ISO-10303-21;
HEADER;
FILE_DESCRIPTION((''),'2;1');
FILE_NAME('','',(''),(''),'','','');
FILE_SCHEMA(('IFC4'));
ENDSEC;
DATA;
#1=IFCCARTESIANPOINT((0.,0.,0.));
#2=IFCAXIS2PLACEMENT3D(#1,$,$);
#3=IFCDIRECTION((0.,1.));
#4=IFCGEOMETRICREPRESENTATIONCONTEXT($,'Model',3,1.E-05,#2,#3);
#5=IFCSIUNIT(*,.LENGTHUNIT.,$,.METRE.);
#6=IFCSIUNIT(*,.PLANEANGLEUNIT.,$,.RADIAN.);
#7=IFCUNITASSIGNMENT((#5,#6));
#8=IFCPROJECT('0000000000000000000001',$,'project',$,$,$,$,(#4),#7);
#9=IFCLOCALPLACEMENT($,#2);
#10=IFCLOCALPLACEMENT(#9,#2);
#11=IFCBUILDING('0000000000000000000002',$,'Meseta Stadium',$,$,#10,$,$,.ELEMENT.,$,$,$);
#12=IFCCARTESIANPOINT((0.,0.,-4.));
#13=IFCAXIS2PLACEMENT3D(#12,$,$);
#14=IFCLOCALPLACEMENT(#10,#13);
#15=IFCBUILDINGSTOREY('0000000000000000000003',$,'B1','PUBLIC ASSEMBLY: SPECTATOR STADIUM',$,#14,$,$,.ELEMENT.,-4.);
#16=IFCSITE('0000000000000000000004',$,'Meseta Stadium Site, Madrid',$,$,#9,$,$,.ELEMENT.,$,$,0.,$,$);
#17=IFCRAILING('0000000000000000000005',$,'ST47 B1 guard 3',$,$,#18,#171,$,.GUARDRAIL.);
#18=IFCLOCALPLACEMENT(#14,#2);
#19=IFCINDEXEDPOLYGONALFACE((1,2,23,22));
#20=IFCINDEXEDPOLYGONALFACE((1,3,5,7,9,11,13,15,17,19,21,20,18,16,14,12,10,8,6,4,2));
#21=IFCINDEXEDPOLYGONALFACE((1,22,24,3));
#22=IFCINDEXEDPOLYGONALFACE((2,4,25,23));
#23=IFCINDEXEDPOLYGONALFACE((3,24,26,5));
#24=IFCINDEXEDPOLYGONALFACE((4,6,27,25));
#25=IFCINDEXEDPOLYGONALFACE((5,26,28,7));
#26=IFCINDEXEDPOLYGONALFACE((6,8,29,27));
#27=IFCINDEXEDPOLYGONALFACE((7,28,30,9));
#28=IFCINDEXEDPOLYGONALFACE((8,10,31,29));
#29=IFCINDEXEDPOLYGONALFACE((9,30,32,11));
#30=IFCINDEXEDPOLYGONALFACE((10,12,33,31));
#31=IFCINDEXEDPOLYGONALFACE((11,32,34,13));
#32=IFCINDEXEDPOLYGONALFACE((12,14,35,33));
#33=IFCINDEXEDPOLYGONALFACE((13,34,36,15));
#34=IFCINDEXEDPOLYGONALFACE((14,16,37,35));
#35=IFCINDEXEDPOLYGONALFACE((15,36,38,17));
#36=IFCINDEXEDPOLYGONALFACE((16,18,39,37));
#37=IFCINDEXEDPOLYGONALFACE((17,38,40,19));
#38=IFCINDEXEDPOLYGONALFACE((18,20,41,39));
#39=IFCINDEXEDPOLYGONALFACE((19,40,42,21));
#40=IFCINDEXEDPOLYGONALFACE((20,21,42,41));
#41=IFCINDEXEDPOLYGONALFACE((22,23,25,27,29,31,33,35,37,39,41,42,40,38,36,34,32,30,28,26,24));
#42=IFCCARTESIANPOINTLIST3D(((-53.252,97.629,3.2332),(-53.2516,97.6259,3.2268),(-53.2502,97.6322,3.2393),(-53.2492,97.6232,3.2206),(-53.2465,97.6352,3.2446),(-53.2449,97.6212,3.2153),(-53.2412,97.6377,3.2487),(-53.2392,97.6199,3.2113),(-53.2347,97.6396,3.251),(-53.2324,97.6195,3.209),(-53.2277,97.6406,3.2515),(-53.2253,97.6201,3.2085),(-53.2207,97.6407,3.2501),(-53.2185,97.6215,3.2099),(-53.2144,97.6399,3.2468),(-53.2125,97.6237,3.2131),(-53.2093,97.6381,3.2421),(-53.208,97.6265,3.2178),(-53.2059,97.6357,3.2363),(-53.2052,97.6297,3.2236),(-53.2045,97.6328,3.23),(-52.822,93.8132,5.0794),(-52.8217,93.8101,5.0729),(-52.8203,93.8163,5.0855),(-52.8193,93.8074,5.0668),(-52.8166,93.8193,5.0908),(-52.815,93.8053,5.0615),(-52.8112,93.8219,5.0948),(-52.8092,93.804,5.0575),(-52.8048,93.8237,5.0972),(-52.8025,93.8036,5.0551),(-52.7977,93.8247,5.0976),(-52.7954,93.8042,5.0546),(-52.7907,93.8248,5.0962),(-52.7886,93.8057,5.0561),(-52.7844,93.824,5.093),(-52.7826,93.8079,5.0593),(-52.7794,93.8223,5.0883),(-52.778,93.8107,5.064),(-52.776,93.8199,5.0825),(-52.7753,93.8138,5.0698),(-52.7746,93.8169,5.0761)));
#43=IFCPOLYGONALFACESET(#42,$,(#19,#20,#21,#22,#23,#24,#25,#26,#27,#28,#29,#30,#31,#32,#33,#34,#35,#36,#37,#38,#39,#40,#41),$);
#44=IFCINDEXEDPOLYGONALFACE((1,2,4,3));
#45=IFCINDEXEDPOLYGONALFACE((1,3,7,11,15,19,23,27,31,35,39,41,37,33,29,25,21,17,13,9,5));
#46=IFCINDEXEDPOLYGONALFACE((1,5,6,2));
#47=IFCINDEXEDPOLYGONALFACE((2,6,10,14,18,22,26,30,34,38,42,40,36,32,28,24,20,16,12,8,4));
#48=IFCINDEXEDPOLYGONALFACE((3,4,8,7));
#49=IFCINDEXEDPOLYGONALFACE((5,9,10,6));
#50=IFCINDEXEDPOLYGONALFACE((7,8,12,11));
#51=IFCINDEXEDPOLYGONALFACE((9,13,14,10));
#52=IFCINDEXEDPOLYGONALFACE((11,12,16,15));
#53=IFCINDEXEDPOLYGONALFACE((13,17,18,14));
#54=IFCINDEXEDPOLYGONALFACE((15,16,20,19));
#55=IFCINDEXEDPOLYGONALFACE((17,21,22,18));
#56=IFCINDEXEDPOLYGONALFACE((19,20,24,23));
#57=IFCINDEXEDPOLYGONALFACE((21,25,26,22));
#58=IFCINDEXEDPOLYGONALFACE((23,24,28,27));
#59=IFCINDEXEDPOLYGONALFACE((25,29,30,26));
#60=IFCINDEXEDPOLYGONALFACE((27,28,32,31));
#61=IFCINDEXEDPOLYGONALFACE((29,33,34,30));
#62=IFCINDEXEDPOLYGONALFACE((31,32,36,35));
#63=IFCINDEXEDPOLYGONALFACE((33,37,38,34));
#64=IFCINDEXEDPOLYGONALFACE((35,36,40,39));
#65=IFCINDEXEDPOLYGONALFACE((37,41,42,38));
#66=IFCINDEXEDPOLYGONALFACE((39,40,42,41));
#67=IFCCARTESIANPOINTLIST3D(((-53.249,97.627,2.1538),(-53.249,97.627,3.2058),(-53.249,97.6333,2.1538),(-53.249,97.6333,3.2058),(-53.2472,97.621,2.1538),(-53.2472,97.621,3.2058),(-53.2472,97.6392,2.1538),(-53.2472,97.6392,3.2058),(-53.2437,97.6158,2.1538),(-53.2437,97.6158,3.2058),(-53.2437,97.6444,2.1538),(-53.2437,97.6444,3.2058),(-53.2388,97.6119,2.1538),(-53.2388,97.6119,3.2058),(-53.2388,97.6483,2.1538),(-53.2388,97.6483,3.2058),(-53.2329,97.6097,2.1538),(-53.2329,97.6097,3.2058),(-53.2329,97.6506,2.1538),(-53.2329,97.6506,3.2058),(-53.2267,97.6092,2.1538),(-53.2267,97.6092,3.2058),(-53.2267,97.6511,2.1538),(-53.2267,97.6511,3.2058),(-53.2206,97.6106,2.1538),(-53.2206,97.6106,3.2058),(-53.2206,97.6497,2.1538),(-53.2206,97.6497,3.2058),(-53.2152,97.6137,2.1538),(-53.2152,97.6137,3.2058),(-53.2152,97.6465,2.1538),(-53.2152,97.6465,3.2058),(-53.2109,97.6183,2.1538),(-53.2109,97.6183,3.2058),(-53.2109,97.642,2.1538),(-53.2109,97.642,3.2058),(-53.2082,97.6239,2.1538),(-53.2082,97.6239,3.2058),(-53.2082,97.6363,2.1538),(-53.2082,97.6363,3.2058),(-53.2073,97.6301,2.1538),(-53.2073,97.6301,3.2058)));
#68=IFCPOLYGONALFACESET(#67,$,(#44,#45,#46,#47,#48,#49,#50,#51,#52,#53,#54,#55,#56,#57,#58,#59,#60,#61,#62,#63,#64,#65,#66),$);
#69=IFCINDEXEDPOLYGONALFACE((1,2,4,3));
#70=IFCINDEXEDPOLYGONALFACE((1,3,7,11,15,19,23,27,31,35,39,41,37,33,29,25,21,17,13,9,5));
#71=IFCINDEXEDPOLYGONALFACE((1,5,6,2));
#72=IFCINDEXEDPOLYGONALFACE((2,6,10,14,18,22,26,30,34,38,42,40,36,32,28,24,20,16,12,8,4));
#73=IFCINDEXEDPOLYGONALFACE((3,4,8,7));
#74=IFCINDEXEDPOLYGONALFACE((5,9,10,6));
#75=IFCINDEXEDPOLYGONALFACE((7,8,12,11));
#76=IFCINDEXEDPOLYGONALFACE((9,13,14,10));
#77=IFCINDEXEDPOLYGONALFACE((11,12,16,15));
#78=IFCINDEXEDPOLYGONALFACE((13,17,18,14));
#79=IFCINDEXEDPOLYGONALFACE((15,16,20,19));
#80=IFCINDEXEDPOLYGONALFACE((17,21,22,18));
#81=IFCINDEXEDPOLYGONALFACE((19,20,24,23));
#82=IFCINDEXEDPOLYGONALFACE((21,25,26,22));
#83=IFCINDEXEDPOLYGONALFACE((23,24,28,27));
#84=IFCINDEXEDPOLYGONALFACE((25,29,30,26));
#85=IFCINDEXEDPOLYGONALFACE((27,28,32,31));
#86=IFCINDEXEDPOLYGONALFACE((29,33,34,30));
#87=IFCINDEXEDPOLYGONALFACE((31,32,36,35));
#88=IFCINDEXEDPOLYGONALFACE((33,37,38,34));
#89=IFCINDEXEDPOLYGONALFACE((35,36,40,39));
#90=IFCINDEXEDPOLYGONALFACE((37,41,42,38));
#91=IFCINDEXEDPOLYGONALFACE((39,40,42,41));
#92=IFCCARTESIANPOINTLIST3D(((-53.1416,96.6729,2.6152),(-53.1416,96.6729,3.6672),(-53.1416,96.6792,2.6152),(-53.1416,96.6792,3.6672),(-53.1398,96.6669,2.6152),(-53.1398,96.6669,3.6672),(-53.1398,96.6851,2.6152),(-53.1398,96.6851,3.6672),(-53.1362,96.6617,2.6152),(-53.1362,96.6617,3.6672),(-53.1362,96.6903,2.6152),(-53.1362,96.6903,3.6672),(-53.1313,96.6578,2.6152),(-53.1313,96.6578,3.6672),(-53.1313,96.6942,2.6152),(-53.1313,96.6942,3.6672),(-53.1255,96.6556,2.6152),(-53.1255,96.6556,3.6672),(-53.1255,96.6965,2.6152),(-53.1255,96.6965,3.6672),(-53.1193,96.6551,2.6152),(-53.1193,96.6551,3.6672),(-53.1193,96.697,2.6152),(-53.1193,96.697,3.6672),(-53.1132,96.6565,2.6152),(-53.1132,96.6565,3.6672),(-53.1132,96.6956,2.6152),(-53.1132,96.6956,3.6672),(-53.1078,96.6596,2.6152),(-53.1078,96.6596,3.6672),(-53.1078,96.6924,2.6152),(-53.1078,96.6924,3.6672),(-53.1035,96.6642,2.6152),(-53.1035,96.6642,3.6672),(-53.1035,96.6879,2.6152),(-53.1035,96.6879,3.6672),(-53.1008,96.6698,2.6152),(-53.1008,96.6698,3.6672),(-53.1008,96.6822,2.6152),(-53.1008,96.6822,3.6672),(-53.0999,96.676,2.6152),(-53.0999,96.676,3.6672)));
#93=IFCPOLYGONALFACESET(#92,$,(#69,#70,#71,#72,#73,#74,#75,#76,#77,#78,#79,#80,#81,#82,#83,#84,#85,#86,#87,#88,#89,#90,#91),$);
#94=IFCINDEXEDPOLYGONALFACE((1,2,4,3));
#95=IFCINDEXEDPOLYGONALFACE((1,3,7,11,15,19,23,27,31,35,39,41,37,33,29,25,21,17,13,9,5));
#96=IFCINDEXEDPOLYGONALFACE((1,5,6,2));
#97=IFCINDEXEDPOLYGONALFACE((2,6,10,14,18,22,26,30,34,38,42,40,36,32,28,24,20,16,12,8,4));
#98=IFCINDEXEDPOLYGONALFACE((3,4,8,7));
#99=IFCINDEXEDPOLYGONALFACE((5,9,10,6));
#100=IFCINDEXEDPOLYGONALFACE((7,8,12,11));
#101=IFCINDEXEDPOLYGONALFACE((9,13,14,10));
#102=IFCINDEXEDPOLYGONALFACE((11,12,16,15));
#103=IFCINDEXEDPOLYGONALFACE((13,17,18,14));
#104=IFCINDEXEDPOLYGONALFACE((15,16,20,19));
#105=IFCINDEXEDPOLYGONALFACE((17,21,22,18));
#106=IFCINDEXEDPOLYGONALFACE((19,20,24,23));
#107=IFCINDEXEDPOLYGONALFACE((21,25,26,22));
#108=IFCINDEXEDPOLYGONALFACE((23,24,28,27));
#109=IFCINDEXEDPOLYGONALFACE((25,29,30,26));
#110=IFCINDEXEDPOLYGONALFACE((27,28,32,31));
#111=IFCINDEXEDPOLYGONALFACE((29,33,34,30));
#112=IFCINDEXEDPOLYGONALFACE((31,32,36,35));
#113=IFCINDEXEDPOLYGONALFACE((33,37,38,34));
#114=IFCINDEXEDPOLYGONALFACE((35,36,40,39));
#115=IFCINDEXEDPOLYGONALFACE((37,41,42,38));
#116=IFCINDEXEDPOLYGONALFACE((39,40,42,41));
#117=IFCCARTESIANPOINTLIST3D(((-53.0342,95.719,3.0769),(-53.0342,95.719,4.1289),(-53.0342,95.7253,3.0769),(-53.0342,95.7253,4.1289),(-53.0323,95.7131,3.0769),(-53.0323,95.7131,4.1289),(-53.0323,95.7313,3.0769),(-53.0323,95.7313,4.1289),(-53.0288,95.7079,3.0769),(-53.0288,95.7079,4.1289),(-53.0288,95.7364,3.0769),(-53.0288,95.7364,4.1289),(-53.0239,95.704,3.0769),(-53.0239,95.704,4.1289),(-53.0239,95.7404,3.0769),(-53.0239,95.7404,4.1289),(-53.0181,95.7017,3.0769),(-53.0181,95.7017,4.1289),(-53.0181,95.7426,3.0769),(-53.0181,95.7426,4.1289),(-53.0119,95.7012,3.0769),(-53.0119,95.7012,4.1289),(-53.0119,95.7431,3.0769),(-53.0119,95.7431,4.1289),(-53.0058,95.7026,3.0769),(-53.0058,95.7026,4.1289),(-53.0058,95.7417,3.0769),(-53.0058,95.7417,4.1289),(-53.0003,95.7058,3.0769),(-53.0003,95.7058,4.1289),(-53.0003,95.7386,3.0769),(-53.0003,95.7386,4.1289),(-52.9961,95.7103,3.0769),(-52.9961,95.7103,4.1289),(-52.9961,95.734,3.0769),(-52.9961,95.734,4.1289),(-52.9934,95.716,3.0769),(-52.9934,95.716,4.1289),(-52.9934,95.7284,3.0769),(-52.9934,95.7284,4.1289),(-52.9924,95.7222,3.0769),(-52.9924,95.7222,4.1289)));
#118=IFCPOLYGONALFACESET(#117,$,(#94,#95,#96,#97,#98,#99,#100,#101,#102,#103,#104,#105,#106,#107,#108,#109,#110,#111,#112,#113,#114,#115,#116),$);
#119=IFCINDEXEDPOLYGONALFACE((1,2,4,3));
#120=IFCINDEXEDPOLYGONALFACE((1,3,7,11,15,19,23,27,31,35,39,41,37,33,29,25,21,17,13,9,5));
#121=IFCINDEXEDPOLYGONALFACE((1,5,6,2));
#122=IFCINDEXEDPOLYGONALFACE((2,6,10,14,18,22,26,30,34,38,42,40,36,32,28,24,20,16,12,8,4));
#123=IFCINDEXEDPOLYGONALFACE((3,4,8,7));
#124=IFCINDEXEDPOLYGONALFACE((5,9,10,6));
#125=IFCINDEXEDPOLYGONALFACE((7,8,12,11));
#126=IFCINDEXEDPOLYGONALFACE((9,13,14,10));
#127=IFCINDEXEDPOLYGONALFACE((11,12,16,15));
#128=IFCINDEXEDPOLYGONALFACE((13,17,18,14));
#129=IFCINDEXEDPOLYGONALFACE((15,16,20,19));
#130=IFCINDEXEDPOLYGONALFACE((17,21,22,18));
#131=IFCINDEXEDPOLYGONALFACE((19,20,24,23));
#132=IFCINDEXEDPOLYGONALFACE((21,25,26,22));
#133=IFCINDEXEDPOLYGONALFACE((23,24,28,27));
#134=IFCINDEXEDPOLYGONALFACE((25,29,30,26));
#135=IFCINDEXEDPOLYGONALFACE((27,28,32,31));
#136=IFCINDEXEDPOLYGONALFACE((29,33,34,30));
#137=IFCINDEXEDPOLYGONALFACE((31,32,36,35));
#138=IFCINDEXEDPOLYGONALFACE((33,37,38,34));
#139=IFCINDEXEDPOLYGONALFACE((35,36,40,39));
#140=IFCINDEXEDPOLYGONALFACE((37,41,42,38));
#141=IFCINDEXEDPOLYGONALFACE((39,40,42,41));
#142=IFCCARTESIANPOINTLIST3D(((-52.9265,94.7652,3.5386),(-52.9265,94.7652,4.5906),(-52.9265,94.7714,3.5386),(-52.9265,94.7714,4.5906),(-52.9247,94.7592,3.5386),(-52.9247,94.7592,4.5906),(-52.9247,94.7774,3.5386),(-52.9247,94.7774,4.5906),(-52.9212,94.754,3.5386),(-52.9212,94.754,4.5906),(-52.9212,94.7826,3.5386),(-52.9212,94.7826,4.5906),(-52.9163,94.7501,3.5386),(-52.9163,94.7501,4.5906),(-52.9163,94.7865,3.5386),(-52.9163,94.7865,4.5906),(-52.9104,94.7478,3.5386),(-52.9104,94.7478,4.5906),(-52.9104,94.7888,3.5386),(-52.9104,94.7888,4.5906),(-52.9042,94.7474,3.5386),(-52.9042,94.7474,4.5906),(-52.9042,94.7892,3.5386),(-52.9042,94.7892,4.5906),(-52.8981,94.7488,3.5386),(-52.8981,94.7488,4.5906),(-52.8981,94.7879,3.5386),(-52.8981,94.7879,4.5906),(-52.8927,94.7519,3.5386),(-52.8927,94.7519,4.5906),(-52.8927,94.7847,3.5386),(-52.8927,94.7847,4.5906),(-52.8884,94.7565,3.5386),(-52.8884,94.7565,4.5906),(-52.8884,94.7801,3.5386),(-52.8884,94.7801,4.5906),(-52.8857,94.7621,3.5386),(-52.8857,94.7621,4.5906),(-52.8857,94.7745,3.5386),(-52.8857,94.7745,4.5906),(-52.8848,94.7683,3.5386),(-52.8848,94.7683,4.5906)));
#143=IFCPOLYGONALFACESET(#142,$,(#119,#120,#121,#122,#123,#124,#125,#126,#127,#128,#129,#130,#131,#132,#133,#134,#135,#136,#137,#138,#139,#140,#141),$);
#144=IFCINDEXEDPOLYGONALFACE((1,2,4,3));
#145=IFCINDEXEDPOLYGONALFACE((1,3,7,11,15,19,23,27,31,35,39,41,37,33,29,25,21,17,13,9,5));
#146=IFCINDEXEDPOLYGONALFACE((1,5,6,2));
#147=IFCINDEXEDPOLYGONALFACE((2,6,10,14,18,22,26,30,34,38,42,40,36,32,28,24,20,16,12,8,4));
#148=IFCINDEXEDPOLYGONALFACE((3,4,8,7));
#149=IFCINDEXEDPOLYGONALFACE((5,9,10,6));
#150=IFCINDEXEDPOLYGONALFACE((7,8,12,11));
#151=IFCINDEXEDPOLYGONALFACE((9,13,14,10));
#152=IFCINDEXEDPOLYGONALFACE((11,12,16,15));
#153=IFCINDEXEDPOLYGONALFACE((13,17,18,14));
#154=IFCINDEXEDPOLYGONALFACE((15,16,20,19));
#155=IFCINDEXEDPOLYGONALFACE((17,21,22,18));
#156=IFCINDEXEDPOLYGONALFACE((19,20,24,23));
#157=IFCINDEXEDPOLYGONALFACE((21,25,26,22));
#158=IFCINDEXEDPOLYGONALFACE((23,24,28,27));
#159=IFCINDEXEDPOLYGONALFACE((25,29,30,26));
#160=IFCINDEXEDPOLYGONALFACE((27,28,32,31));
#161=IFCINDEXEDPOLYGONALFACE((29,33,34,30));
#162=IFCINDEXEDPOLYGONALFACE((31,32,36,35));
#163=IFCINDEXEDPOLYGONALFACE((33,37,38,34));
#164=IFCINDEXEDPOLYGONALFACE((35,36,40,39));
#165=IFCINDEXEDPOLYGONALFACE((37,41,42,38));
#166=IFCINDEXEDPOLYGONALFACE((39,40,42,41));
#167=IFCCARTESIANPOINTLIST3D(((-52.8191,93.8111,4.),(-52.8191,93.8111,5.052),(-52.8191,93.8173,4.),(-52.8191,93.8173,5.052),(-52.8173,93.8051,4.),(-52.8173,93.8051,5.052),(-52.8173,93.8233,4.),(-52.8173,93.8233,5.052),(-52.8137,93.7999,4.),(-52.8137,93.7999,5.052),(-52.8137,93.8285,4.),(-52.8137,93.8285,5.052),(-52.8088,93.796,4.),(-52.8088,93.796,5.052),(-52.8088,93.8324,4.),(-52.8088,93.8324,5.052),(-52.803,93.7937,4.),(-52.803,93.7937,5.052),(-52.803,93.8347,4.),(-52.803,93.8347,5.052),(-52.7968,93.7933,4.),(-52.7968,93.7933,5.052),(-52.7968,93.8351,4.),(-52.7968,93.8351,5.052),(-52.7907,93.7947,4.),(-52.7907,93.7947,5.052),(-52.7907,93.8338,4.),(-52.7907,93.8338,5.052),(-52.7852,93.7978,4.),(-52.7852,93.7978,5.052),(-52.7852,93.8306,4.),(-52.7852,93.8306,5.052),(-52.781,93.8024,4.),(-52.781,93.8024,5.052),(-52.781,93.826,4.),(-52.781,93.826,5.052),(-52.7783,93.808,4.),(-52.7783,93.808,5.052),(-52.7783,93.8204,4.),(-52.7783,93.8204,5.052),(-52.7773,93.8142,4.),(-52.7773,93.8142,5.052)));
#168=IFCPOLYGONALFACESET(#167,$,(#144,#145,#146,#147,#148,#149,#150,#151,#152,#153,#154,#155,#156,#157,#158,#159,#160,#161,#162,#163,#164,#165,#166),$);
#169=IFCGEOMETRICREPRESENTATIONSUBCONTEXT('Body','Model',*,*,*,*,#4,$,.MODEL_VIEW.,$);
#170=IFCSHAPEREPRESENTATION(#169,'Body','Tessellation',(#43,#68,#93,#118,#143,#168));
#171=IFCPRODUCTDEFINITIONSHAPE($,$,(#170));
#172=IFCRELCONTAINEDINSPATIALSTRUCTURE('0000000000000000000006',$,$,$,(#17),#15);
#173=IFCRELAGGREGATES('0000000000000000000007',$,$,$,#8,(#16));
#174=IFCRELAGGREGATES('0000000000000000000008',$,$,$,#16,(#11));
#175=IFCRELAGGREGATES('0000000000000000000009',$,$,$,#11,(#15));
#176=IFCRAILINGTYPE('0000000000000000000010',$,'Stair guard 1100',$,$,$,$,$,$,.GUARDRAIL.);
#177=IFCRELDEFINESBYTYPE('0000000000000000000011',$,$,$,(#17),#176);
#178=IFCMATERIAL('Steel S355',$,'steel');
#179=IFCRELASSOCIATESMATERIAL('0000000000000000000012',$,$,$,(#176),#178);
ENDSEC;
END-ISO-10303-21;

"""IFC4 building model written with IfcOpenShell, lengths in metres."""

from ifc_helpers import new_model, si_unit, direction, frame, origin, origin_2d, place, context, subcontext, project, spatial, circle, extrude, material, type_object, element, save


model = new_model("IFC4")

# Units and contexts
model_context = context("Model", 3, precision=1e-05, world=origin(), true_north=direction((0.0, 1.0)))
body_context = subcontext(model_context, "Body", "Model", "MODEL_VIEW")
ifc_project = project(units=[si_unit("LENGTHUNIT", "METRE"), si_unit("PLANEANGLEUNIT", "RADIAN")], contexts=[model_context])

# Site, building, storey
site_placement = place(None, origin())
site = spatial("IfcSite", under=ifc_project, at=site_placement, Name="Meseta Stadium Site, Madrid", CompositionType="ELEMENT", RefElevation=0.0)
building_placement = place(site_placement, origin())
building = spatial("IfcBuilding", under=site, at=building_placement, Name="Meseta Stadium", CompositionType="ELEMENT")
storey_placement = place(building_placement, frame((0.0, 0.0, -4.0)))
storey = spatial("IfcBuildingStorey", under=building, at=storey_placement, Name="B1", Description="PUBLIC ASSEMBLY: SPECTATOR STADIUM", CompositionType="ELEMENT", Elevation=-4.0)

# Railing
ifc_material_1 = material(Name="Steel S355", Category="steel")
railing_type_1 = type_object("IfcRailingType", Name="Stair guard 1100", PredefinedType="GUARDRAIL", material=ifc_material_1)
railing_1_placement = place(storey_placement, frame((-53.2283, 97.6301, 2.1538)))
element("IfcRailing", 1, at=railing_1_placement, inside=storey, type_object=railing_type_1, Name="ST47 B1 guard 3", PredefinedType="GUARDRAIL", context=body_context, shape_type="SweptSolid", body=[
    extrude(circle(Radius=0.0239, at=origin_2d()), frame((0.0, 0.0, 1.0762), z_axis=(0.100904, -0.895585, 0.433296), x_axis=(0.993713, 0.11196, 0.0)), (0.0, 0.0, 1.0), 4.2607),
    extrude(circle(Radius=0.021, at=origin_2d()), origin(), (0.0, 0.0, 1.0), 1.052),
    extrude(circle(Radius=0.021, at=origin_2d()), frame((0.1074, -0.9541, 0.4614)), (0.0, 0.0, 1.0), 1.052),
    extrude(circle(Radius=0.021, at=origin_2d()), frame((0.2148, -1.908, 0.9231)), (0.0, 0.0, 1.0), 1.052),
    extrude(circle(Radius=0.021, at=origin_2d()), frame((0.3225, -2.8618, 1.3848)), (0.0, 0.0, 1.0), 1.052),
    extrude(circle(Radius=0.021, at=origin_2d()), frame((0.4299, -3.8159, 1.8462)), (0.0, 0.0, 1.0), 1.052),
])

save(model, "model.ifc")
